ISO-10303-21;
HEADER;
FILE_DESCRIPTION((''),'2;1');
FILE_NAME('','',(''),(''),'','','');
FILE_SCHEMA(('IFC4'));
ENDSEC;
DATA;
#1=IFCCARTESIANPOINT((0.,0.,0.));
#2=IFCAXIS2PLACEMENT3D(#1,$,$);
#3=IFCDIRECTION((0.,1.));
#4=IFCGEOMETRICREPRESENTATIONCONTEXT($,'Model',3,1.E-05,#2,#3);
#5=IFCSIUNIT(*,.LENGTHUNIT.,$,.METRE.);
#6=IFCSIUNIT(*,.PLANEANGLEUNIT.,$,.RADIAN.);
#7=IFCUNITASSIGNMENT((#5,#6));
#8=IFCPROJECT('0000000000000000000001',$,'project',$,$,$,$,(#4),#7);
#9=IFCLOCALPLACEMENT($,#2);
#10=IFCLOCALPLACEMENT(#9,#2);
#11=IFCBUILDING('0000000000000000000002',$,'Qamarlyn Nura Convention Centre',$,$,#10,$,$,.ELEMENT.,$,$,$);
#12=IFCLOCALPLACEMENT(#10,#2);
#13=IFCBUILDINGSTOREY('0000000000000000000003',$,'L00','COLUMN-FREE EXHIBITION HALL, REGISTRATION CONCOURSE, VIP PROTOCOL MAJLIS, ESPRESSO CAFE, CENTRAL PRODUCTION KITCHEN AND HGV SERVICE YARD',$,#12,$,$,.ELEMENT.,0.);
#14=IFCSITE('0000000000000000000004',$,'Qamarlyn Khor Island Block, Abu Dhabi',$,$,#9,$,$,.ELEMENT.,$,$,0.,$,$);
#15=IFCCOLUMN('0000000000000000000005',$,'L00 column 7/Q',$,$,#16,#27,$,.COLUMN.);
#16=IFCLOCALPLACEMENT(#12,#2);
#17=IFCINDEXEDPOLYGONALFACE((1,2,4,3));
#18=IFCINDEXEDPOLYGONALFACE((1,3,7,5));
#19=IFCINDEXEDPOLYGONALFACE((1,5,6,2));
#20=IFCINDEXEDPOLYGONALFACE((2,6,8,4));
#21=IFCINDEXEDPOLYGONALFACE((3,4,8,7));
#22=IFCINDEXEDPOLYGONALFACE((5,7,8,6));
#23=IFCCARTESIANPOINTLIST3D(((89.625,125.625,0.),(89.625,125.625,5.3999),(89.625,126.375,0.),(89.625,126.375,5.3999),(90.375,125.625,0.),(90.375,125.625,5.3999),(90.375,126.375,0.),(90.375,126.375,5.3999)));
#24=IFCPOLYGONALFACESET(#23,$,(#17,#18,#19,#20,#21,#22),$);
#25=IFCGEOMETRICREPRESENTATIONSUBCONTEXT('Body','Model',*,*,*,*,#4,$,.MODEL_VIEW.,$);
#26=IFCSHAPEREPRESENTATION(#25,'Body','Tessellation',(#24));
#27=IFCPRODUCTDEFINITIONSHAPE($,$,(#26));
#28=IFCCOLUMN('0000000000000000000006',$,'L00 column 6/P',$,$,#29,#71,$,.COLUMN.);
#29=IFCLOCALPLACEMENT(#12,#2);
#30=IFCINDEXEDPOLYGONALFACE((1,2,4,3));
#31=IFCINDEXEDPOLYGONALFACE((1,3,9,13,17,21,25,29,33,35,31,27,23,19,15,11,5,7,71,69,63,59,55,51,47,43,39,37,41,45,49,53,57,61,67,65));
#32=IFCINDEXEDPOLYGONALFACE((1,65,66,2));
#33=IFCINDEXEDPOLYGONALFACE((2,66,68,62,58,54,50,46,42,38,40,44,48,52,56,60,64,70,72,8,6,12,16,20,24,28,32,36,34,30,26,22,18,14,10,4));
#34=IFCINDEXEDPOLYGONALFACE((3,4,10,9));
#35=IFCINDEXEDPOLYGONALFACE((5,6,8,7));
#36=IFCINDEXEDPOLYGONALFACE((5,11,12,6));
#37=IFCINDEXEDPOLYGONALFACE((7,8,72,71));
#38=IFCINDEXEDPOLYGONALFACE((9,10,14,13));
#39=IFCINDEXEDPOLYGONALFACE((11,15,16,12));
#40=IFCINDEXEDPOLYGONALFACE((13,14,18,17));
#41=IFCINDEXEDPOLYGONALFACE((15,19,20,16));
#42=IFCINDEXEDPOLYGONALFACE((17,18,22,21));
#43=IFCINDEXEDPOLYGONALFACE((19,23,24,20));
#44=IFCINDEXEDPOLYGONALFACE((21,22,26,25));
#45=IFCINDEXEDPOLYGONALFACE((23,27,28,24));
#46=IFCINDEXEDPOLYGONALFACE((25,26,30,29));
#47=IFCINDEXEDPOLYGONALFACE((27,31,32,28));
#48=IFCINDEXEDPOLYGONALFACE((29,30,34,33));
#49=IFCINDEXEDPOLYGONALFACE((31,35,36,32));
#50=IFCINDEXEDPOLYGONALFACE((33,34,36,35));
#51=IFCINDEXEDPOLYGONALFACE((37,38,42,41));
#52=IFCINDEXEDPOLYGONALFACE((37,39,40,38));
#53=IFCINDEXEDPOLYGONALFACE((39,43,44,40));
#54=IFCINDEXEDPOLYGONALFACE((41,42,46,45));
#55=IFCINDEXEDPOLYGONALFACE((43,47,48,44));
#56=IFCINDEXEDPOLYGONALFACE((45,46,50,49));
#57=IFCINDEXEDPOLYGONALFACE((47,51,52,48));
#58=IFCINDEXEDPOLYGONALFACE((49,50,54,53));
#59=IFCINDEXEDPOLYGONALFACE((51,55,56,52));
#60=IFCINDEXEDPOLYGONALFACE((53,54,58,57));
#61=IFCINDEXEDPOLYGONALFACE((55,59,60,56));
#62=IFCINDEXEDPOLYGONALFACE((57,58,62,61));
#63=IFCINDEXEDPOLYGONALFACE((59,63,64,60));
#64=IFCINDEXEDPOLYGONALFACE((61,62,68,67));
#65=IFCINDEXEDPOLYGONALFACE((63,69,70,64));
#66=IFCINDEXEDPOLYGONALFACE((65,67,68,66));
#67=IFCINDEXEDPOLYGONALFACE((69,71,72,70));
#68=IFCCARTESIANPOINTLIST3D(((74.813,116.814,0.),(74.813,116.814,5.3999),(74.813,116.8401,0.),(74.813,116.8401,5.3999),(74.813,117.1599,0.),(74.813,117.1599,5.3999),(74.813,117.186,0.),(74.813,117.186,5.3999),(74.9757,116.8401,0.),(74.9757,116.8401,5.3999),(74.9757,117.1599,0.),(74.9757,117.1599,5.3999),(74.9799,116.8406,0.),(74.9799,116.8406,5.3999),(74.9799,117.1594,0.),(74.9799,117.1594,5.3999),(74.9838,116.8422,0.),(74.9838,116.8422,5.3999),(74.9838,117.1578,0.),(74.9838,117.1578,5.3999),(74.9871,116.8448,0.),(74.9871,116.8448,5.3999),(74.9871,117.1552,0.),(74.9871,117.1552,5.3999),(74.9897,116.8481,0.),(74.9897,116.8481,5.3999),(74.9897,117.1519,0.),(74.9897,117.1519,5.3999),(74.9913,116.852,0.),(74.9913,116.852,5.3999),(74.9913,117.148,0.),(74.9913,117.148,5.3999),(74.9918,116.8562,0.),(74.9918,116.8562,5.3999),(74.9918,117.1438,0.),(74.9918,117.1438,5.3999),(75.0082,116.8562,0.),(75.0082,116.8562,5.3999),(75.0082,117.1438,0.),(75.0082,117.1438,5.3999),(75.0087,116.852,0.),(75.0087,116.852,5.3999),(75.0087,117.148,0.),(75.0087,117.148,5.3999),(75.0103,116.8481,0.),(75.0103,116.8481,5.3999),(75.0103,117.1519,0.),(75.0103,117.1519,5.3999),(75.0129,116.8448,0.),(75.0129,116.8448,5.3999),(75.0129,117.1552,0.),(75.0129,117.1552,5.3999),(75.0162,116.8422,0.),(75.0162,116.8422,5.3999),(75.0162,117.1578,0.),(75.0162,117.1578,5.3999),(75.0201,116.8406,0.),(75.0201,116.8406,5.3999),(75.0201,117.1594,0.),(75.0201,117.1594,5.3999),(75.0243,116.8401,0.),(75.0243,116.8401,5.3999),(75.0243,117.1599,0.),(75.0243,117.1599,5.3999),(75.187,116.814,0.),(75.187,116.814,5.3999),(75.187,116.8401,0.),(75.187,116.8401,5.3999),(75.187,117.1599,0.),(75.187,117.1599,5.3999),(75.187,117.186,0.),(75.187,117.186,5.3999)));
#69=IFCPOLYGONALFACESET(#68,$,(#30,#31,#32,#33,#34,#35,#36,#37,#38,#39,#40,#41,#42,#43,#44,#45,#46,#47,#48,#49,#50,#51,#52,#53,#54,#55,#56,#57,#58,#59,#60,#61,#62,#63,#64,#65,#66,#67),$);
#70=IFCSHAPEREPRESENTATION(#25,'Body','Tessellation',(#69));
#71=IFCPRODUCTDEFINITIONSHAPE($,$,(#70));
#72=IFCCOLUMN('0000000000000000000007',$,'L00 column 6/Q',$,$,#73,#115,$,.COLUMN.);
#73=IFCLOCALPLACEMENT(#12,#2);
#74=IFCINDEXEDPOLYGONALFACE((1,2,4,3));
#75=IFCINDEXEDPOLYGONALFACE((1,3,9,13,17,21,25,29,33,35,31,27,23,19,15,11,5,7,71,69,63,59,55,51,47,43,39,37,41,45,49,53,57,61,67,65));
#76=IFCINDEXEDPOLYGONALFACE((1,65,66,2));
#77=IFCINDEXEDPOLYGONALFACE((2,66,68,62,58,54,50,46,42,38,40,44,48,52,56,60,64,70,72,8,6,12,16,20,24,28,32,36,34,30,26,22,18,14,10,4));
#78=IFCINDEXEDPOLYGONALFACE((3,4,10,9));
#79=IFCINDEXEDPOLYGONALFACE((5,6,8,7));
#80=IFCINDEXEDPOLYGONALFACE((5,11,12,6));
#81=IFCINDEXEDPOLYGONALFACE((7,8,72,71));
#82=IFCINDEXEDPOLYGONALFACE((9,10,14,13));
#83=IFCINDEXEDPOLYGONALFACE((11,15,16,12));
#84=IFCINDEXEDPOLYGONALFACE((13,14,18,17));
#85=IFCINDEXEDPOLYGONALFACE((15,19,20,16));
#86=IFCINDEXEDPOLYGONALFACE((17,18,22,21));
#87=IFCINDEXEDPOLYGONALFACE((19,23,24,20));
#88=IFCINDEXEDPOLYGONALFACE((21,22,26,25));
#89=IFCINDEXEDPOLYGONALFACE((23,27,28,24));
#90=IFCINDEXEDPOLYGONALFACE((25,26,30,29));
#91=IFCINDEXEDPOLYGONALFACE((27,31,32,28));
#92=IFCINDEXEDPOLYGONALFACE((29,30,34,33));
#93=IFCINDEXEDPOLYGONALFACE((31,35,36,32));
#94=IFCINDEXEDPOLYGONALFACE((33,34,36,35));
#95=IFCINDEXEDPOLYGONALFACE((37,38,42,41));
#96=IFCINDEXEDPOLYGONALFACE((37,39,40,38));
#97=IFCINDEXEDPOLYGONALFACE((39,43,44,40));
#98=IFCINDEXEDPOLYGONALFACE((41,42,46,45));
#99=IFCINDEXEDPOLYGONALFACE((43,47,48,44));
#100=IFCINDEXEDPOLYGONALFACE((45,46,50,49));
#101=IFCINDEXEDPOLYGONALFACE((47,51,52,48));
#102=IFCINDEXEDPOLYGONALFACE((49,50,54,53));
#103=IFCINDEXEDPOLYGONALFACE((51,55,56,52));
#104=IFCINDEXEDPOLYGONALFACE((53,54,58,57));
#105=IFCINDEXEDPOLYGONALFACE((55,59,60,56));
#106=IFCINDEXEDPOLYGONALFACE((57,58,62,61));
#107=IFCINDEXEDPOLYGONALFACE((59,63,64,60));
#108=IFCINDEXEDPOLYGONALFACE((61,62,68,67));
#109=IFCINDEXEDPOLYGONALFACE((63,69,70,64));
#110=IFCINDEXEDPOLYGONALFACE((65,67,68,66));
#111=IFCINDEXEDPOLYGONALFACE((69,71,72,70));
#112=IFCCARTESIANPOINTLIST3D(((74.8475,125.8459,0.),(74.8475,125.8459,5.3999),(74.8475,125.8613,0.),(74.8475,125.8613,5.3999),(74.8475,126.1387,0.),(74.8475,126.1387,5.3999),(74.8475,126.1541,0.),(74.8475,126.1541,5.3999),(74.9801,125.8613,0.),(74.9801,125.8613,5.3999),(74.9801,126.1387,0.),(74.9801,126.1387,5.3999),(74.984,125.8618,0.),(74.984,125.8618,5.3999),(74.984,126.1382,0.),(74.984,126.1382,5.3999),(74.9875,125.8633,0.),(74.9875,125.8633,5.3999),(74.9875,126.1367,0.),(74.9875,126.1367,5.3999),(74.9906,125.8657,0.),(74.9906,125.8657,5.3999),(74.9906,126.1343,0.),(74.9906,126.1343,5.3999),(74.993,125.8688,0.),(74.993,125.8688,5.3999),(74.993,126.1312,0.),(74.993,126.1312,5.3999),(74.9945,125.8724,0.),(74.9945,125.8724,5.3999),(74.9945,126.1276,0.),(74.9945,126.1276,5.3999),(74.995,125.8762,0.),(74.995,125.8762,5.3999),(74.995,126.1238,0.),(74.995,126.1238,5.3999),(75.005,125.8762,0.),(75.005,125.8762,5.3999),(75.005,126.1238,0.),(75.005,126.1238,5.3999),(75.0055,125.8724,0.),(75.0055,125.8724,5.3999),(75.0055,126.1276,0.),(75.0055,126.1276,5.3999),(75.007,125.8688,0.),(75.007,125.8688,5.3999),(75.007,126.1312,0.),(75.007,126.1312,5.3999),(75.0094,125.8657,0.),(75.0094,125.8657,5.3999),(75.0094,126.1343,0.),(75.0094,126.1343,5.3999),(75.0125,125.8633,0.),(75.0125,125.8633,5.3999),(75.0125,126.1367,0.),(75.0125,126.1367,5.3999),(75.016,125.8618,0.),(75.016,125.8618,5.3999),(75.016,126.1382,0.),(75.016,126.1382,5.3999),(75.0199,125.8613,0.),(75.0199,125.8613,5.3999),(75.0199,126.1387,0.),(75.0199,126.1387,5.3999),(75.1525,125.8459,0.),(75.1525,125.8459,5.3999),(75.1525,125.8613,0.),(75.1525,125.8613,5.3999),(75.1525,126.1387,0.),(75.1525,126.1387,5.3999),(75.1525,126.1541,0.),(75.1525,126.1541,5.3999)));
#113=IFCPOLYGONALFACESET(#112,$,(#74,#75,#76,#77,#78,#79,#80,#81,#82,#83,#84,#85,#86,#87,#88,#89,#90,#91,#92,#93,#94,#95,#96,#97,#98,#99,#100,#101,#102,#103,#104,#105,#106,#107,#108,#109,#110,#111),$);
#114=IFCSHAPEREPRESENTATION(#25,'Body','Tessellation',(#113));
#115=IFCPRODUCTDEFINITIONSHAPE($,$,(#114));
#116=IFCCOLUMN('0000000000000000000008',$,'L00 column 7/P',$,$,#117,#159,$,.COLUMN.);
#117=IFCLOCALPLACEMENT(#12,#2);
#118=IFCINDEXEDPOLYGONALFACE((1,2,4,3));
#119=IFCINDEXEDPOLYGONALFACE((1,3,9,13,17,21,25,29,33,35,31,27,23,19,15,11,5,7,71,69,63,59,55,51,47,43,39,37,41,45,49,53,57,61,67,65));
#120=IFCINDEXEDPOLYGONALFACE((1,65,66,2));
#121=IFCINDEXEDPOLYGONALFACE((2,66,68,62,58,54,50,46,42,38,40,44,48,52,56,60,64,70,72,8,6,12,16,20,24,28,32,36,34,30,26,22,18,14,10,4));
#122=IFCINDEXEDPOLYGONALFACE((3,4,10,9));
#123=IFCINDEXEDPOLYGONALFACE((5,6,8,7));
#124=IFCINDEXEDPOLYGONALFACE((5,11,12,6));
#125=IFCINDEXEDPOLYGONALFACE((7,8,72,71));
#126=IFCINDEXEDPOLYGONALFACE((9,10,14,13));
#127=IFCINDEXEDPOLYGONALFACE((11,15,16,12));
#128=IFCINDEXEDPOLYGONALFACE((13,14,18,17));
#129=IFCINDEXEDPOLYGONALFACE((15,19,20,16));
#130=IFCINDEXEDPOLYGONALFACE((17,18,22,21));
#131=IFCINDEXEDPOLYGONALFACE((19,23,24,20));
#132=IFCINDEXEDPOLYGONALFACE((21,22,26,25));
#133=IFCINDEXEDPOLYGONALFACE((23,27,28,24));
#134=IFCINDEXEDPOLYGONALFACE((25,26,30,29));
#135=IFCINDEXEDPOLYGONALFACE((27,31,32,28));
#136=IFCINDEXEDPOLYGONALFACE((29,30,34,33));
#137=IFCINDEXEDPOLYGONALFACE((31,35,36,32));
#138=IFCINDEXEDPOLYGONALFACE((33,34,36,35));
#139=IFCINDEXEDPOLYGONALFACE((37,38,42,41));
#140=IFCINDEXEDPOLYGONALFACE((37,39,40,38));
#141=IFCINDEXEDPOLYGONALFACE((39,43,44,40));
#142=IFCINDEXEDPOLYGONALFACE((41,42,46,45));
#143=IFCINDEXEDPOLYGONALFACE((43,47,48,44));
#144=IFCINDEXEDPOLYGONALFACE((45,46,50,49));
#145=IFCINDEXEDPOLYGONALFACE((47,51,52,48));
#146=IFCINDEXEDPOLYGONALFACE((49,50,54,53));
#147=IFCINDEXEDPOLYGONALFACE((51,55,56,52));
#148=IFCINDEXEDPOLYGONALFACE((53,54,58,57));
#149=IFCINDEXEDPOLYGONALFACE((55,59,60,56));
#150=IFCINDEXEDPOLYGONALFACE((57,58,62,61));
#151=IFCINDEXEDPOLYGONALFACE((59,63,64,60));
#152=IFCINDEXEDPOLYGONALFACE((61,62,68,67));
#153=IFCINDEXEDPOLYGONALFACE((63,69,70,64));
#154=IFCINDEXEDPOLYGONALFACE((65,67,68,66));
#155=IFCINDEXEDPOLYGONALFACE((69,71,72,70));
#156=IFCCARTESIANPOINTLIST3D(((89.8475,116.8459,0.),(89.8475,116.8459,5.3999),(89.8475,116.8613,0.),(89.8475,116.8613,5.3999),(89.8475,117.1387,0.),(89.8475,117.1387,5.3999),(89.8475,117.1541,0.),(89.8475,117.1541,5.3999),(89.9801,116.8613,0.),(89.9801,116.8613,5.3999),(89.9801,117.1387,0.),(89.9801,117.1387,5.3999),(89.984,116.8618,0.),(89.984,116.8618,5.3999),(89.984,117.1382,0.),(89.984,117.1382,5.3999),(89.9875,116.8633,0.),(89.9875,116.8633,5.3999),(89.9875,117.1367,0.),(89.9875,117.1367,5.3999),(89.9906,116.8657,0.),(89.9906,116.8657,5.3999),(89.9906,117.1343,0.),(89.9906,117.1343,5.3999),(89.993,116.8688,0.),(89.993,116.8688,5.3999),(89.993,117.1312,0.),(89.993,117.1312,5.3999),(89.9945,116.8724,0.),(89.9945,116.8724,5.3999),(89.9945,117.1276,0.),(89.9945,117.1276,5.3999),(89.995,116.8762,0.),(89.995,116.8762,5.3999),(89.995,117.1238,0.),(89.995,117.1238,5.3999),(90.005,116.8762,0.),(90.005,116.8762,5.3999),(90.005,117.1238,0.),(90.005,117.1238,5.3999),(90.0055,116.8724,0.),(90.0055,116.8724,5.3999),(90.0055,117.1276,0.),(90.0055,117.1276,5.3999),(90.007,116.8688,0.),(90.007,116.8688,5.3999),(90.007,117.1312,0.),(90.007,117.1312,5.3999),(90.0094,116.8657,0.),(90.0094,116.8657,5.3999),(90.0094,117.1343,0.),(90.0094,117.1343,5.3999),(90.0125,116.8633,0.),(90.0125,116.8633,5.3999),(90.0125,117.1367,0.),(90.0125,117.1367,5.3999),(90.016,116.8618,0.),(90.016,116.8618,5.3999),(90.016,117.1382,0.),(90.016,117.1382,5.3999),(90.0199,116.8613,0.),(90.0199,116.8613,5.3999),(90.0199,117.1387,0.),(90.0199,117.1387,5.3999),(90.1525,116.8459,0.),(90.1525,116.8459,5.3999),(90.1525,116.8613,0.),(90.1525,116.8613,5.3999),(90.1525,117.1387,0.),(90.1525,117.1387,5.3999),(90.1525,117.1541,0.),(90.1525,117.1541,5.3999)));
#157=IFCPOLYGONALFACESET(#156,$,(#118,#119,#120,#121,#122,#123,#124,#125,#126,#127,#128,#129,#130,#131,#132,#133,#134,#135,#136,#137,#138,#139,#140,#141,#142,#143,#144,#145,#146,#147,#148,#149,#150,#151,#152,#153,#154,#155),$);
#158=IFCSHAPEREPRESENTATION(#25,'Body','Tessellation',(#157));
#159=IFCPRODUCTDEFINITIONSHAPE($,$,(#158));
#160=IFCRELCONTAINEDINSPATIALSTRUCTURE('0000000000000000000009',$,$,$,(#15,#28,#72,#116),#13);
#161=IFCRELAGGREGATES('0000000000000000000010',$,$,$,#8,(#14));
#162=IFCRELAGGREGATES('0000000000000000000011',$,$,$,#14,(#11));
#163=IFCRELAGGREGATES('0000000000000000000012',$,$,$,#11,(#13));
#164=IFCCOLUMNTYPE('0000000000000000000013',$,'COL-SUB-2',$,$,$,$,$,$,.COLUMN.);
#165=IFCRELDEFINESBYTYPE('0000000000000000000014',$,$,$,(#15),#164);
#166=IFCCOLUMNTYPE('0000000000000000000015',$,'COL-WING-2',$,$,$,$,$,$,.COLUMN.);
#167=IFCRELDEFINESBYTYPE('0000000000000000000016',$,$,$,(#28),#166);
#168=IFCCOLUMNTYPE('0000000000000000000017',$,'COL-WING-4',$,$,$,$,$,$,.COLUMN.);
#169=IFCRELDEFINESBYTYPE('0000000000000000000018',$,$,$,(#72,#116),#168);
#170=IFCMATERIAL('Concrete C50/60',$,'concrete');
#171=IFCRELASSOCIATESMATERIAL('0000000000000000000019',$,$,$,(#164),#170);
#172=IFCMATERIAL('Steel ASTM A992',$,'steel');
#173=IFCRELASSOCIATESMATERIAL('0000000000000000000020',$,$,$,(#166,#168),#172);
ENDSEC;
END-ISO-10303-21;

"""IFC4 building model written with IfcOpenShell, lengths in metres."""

from ifc_helpers import new_model, si_unit, direction, frame, origin, origin_2d, place, context, subcontext, project, spatial, rectangle, i_section, extrude, material, material_profile, profile_set, type_object, element, save


model = new_model("IFC4")

# Units and contexts
model_context = context("Model", 3, precision=1e-05, world=origin(), true_north=direction((0.0, 1.0)))
body_context = subcontext(model_context, "Body", "Model", "MODEL_VIEW")
ifc_project = project(units=[si_unit("LENGTHUNIT", "METRE"), si_unit("PLANEANGLEUNIT", "RADIAN")], contexts=[model_context])

# Site, building, storey
site_placement = place(None, origin())
site = spatial("IfcSite", under=ifc_project, at=site_placement, Name="Qamarlyn Khor Island Block, Abu Dhabi", CompositionType="ELEMENT", RefElevation=0.0)
building_placement = place(site_placement, origin())
building = spatial("IfcBuilding", under=site, at=building_placement, Name="Qamarlyn Nura Convention Centre", CompositionType="ELEMENT")
storey_placement = place(building_placement, origin())
storey = spatial("IfcBuildingStorey", under=building, at=storey_placement, Name="L00", Description="COLUMN-FREE EXHIBITION HALL, REGISTRATION CONCOURSE, VIP PROTOCOL MAJLIS, ESPRESSO CAFE, CENTRAL PRODUCTION KITCHEN AND HGV SERVICE YARD", CompositionType="ELEMENT", Elevation=0.0)

# Columns
ifc_material_1 = material(Name="Concrete C50/60", Category="concrete")
ifc_material_profile_1 = material_profile(ifc_material_1, rectangle(XDim=0.75, YDim=0.75, at=origin_2d()), Name="RC 750x750")
ifc_profile_set_1 = profile_set([ifc_material_profile_1], Name="Concrete C50/60")
column_type_1 = type_object("IfcColumnType", Name="COL-SUB-2", PredefinedType="COLUMN", material=ifc_profile_set_1)
column_1_placement = place(storey_placement, frame((90.0, 126.0, 0.0), z_axis=(0.0, 0.0, 1.0), x_axis=(1.0, 0.0, 0.0)))
element("IfcColumn", 1, at=column_1_placement, inside=storey, type_object=column_type_1, Name="L00 column 7/Q", PredefinedType="COLUMN", context=body_context, shape_type="SweptSolid", body=[
    extrude(rectangle(XDim=0.75, YDim=0.75, at=origin_2d()), origin(), (0.0, 0.0, 1.0), 5.3999),
])
ifc_material_2 = material(Name="Steel ASTM A992", Category="steel")
ifc_material_profile_2 = material_profile(ifc_material_2, i_section(OverallWidth=0.374, OverallDepth=0.3721, WebThickness=0.0164, FlangeThickness=0.0261, FilletRadius=0.0161, at=origin_2d()), Name="W360X196")
ifc_profile_set_2 = profile_set([ifc_material_profile_2], Name="Steel ASTM A992")
column_type_2 = type_object("IfcColumnType", Name="COL-WING-2", PredefinedType="COLUMN", material=ifc_profile_set_2)
column_2_placement = place(storey_placement, frame((75.0, 117.0, 0.0), z_axis=(0.0, 0.0, 1.0), x_axis=(1.0, 0.0, 0.0)))
element("IfcColumn", 2, at=column_2_placement, inside=storey, type_object=column_type_2, Name="L00 column 6/P", PredefinedType="COLUMN", context=body_context, shape_type="SweptSolid", body=[
    extrude(i_section(OverallWidth=0.374, OverallDepth=0.3721, WebThickness=0.0164, FlangeThickness=0.0261, FilletRadius=0.0161, at=origin_2d()), origin(), (0.0, 0.0, 1.0), 5.3999),
])
ifc_material_profile_3 = material_profile(ifc_material_2, i_section(OverallWidth=0.3049, OverallDepth=0.3081, WebThickness=0.01, FlangeThickness=0.0154, FilletRadius=0.0149, at=origin_2d()), Name="W310X97")
ifc_profile_set_3 = profile_set([ifc_material_profile_3], Name="Steel ASTM A992")
column_type_3 = type_object("IfcColumnType", Name="COL-WING-4", PredefinedType="COLUMN", material=ifc_profile_set_3)
for number, where, z_axis, x_axis, name in (
    (3, (75.0, 126.0, 0.0), (0.0, 0.0, 1.0), (1.0, 0.0, 0.0), "L00 column 6/Q"),
    (4, (90.0, 117.0, 0.0), (0.0, 0.0, 1.0), (1.0, 0.0, 0.0), "L00 column 7/P"),
):
    element("IfcColumn", number, at=place(storey_placement, frame(where, z_axis=z_axis, x_axis=x_axis)), inside=storey, type_object=column_type_3, Name=name, PredefinedType="COLUMN", context=body_context, shape_type="SweptSolid", body=[
        extrude(i_section(OverallWidth=0.3049, OverallDepth=0.3081, WebThickness=0.01, FlangeThickness=0.0154, FilletRadius=0.0149, at=origin_2d()), origin(), (0.0, 0.0, 1.0), 5.3999),
    ])

save(model, "model.ifc")
